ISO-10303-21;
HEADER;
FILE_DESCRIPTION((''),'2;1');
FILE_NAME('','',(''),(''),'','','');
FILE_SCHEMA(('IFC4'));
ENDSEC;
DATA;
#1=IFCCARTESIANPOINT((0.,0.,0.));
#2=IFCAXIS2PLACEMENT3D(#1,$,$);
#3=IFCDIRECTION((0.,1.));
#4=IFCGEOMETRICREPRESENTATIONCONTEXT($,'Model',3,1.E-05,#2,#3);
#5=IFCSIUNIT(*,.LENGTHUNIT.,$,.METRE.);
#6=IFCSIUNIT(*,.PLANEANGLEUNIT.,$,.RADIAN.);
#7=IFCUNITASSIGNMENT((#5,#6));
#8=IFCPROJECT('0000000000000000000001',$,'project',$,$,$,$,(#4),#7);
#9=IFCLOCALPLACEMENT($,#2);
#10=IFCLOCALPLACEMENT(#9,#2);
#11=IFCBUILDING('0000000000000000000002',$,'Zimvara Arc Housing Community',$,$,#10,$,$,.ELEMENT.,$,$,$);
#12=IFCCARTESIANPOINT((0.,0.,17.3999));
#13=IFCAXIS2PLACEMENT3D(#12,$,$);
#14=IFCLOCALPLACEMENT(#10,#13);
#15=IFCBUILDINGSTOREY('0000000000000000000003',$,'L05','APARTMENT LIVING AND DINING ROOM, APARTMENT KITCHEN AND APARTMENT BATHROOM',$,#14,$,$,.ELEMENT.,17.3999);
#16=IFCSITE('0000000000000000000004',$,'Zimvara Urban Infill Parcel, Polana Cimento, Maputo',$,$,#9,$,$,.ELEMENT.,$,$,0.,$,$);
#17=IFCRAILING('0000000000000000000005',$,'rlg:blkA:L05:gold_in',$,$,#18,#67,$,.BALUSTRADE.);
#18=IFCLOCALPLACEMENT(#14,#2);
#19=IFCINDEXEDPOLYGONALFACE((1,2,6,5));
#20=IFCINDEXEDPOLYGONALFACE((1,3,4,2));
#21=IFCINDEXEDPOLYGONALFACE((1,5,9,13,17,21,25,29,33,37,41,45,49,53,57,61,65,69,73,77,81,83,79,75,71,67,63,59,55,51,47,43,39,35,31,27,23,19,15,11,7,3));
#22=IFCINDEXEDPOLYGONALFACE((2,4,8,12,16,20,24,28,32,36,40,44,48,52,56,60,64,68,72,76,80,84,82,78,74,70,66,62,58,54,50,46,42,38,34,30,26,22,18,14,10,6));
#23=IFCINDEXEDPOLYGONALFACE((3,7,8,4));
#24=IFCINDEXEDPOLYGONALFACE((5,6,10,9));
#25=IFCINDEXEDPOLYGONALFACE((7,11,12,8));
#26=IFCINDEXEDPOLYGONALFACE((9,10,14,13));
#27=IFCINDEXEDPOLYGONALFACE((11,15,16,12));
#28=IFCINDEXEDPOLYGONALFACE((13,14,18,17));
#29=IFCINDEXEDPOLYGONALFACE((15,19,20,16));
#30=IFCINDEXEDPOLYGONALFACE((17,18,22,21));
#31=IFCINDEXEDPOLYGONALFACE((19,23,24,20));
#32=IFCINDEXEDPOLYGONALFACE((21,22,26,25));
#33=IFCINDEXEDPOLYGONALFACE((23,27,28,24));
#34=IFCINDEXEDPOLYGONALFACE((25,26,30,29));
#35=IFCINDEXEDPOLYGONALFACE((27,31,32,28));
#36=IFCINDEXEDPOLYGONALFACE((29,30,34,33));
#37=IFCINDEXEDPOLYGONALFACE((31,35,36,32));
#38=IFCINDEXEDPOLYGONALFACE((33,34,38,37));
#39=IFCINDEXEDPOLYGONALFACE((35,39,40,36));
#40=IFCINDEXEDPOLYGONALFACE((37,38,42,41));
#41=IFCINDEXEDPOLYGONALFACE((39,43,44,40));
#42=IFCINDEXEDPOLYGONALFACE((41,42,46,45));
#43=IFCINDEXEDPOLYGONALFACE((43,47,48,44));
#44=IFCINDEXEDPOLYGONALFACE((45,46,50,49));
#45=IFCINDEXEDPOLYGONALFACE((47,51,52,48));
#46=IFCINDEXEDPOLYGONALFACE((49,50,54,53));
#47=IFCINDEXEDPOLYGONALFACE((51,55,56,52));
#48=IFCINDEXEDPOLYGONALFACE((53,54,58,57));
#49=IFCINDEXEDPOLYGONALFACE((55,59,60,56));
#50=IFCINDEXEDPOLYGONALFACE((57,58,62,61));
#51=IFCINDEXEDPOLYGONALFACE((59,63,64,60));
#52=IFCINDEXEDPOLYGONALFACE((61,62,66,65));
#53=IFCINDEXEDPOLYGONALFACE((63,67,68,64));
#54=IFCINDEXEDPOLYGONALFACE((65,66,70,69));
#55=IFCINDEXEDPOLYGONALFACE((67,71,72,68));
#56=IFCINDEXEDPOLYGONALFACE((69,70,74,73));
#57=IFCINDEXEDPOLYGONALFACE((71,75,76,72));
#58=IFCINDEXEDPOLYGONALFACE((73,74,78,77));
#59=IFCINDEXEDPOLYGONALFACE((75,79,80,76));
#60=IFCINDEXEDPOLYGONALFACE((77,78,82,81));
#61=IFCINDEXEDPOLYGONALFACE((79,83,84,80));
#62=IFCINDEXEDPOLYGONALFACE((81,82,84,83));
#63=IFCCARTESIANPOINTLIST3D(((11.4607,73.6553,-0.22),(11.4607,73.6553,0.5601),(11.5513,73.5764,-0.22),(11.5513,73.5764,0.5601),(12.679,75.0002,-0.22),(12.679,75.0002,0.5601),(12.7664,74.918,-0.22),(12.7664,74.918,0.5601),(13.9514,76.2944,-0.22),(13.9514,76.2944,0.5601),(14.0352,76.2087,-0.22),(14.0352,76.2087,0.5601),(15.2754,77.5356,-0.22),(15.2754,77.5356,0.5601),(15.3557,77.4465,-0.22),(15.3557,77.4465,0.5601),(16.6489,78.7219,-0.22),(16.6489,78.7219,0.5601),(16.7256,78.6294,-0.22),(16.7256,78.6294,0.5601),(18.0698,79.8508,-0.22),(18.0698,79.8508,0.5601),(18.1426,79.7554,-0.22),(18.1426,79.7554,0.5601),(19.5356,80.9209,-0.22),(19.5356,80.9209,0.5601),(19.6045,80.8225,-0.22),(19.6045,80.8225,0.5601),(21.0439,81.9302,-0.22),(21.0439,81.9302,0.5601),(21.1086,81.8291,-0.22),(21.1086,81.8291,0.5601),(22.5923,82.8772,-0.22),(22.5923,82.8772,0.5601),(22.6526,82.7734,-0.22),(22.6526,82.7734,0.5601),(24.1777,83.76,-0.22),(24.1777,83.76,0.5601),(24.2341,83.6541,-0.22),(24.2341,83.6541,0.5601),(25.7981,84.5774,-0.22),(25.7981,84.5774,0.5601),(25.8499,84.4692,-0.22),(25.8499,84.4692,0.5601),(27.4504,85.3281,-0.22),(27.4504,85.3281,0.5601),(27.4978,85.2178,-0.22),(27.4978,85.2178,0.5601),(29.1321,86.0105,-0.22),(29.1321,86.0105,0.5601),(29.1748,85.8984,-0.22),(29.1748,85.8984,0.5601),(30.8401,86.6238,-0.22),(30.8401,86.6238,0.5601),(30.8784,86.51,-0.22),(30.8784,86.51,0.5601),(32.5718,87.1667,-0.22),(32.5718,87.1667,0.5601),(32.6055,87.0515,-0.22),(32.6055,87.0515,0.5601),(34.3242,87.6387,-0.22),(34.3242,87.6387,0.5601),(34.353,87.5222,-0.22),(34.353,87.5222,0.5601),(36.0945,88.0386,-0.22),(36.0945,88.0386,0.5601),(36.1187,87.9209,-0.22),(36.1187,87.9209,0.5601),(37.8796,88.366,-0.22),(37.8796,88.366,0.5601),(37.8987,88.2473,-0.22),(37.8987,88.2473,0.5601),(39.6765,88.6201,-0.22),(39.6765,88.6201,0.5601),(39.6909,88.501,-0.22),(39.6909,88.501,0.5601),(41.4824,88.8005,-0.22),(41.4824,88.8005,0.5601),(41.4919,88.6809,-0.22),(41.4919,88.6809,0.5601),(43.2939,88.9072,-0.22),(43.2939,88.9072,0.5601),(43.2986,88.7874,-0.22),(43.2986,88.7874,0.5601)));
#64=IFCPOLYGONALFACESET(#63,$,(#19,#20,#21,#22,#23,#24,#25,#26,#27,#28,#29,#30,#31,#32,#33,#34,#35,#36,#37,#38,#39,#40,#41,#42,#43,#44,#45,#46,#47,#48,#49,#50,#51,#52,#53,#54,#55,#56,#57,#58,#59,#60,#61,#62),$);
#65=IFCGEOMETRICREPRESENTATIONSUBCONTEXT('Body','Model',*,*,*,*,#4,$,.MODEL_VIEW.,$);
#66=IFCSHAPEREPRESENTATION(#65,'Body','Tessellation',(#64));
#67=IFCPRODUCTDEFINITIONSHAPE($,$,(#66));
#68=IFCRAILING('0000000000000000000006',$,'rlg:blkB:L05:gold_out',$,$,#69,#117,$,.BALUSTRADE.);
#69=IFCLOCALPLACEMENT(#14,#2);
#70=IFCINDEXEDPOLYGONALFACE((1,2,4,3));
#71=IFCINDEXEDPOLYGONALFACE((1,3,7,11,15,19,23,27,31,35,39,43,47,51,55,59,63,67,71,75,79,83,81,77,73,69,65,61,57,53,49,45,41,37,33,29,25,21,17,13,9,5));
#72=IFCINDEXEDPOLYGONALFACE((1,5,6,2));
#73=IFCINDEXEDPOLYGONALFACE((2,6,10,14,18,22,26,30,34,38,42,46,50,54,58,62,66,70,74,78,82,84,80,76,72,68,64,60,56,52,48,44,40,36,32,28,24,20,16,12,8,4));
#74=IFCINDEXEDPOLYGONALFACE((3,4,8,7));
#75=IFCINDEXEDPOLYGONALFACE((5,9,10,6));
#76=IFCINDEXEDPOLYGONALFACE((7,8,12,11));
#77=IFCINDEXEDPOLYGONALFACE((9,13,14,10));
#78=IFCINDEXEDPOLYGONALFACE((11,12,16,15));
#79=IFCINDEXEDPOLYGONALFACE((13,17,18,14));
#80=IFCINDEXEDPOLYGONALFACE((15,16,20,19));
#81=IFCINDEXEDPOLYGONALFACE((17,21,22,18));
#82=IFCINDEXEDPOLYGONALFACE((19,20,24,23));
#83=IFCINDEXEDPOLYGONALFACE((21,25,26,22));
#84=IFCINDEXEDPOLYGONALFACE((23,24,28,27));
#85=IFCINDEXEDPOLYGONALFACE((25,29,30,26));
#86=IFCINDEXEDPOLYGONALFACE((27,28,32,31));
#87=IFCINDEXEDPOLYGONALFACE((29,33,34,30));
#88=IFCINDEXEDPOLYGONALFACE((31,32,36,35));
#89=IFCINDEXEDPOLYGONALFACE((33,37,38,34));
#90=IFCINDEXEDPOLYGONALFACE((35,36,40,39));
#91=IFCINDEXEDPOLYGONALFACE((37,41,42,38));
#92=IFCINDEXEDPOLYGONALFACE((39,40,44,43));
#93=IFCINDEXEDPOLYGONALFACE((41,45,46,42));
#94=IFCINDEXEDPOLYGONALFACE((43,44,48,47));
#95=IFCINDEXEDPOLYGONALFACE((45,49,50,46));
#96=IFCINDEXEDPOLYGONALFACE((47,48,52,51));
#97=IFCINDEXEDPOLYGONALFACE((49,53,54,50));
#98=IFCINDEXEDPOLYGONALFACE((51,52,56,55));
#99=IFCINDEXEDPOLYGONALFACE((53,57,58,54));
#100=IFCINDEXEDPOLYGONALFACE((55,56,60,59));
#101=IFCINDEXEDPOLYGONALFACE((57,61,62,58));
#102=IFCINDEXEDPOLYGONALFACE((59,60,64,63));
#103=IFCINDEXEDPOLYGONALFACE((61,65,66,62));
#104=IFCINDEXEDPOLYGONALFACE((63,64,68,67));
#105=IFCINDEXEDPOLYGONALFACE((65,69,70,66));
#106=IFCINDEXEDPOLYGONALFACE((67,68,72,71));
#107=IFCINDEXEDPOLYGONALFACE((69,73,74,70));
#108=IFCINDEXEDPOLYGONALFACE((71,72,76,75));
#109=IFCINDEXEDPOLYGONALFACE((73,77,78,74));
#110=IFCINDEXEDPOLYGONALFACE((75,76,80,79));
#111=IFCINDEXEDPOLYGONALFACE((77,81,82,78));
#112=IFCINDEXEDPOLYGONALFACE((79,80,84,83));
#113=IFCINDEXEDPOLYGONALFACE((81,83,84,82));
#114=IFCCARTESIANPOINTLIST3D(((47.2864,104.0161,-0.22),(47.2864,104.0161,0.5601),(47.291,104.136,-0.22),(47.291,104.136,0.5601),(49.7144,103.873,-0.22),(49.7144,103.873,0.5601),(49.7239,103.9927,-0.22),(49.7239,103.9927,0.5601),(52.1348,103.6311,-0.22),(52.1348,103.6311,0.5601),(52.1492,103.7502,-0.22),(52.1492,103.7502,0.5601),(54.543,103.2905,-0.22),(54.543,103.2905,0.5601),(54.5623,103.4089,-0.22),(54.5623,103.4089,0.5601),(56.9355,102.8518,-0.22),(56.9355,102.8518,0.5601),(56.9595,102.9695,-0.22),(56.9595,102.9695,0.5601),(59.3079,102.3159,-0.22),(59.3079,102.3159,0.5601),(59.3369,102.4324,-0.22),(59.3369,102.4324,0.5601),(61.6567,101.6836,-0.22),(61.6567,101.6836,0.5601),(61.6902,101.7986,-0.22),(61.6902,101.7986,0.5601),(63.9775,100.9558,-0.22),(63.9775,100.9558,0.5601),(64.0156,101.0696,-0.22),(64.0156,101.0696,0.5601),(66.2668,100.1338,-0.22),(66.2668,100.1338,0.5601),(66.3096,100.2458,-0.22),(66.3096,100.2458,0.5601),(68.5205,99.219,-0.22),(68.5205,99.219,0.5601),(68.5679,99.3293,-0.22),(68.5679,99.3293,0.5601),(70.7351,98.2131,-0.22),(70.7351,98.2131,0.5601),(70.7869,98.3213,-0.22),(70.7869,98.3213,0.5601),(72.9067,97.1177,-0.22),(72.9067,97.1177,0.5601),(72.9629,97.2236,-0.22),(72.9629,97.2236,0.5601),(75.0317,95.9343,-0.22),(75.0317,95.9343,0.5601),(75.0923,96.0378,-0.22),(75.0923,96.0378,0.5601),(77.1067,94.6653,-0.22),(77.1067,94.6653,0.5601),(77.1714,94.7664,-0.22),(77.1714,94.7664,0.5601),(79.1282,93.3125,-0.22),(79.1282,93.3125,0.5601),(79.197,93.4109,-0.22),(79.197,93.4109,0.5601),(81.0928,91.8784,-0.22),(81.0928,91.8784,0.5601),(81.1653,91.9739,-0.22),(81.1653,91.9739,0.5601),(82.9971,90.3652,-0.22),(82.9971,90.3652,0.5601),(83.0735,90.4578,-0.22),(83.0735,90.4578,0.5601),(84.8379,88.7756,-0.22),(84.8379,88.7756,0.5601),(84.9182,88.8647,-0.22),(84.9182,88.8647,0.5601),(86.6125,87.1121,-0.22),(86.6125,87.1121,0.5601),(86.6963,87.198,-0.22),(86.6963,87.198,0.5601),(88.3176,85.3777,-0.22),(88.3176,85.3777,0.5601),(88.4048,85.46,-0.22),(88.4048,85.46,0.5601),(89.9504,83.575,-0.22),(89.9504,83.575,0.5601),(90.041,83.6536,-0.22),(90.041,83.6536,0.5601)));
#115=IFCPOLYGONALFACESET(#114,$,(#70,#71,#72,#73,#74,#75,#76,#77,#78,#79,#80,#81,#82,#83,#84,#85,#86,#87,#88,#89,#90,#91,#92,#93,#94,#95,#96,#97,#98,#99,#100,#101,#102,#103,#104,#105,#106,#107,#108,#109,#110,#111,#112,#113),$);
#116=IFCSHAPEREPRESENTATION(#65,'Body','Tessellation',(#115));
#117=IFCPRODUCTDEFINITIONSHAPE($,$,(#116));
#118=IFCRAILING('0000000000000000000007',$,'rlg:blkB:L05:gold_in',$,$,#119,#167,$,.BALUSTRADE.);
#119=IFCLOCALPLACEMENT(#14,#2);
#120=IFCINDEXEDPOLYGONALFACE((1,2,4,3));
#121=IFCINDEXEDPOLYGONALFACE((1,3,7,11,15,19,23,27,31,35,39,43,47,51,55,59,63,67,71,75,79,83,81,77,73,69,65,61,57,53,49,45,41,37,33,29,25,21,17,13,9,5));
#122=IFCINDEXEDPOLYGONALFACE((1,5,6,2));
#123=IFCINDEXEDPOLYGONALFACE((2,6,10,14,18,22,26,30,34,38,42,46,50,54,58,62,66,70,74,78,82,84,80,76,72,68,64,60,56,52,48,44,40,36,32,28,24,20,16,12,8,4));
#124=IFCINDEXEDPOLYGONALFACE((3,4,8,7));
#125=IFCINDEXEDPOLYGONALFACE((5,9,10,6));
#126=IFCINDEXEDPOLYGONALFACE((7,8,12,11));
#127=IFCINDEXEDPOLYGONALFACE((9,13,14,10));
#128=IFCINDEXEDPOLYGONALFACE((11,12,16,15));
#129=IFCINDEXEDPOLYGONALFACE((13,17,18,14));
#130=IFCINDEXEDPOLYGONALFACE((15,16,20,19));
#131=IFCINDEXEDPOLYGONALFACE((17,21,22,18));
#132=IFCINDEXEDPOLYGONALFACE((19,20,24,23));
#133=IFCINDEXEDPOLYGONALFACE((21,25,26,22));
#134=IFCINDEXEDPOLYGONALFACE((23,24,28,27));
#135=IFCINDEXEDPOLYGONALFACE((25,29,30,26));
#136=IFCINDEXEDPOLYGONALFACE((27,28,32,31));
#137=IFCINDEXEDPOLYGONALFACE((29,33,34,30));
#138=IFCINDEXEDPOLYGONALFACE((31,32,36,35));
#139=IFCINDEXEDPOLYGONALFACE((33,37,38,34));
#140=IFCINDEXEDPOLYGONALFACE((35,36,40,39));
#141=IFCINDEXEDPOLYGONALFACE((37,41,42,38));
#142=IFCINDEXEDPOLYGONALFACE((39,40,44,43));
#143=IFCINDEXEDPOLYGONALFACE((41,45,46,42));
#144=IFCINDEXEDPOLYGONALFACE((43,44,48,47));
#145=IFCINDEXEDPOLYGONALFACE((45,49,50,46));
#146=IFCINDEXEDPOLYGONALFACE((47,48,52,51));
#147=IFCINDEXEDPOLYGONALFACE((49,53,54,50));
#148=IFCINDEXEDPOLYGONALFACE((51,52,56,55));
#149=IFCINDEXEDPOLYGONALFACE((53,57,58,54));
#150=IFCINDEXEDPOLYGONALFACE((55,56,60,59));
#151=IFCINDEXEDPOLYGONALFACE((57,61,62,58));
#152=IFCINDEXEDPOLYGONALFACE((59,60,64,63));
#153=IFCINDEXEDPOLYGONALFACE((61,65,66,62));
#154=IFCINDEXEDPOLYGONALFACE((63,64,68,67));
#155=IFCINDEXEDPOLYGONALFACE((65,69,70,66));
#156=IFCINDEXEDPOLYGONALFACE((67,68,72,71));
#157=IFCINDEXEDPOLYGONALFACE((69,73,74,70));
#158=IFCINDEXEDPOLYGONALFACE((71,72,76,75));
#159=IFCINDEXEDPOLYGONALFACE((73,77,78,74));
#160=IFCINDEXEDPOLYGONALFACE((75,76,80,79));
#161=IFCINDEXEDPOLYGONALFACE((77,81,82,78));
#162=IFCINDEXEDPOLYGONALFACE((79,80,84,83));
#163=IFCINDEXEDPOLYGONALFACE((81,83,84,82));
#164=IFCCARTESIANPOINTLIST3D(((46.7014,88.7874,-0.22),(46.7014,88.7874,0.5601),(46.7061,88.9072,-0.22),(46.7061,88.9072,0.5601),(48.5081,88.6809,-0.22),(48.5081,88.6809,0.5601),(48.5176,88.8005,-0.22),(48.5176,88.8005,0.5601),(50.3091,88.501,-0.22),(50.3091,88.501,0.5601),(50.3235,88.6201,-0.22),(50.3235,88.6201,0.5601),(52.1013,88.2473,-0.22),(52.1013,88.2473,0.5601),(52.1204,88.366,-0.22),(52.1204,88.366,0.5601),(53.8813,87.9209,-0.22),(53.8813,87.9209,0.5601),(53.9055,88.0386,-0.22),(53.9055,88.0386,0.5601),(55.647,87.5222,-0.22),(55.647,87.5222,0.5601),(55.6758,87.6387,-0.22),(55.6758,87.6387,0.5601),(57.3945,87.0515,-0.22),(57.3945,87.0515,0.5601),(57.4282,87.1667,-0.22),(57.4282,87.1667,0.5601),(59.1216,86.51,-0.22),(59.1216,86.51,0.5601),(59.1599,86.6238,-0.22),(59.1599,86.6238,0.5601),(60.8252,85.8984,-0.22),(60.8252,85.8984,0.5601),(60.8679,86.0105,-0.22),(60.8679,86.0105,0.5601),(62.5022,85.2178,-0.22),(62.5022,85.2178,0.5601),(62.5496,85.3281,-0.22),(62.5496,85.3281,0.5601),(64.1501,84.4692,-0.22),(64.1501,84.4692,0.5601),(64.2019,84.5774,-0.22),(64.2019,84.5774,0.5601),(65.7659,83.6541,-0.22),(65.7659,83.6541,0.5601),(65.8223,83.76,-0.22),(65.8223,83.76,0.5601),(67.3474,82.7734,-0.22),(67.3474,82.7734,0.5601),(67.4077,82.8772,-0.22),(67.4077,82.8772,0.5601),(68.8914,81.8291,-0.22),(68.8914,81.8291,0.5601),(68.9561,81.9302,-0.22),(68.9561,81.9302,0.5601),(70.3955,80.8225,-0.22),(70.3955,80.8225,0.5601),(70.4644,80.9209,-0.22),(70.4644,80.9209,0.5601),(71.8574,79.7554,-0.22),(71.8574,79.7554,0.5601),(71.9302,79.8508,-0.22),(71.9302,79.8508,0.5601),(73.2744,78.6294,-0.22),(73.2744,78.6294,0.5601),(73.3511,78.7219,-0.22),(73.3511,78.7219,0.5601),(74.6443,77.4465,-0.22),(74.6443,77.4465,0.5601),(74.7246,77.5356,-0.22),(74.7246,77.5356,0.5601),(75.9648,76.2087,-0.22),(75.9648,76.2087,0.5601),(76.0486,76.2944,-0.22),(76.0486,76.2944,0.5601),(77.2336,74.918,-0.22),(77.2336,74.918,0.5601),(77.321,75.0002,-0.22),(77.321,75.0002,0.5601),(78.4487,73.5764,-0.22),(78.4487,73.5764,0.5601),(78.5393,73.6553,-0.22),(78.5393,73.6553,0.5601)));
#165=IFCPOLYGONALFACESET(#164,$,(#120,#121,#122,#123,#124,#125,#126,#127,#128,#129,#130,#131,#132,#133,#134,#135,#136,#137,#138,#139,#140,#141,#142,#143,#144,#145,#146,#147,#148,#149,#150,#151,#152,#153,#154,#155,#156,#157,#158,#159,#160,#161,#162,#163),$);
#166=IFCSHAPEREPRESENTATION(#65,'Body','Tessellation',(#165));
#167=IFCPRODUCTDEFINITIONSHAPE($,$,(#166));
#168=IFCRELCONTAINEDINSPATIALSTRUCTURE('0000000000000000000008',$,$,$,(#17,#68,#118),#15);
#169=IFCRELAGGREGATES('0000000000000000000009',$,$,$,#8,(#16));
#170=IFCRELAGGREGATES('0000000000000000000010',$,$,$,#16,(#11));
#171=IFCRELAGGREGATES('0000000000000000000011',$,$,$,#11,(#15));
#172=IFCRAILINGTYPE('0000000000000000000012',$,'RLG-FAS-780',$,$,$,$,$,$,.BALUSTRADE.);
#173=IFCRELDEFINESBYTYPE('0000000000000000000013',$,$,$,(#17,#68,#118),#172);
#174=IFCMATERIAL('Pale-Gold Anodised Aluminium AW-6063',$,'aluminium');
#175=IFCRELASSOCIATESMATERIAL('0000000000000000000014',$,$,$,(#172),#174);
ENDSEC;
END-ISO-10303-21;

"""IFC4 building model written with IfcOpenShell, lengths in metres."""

from ifc_helpers import new_model, si_unit, direction, frame, origin, place, context, subcontext, project, spatial, polyline, outline, extrude, material, type_object, element, save


model = new_model("IFC4")

# Units and contexts
model_context = context("Model", 3, precision=1e-05, world=origin(), true_north=direction((0.0, 1.0)))
body_context = subcontext(model_context, "Body", "Model", "MODEL_VIEW")
ifc_project = project(units=[si_unit("LENGTHUNIT", "METRE"), si_unit("PLANEANGLEUNIT", "RADIAN")], contexts=[model_context])

# Site, building, storey
site_placement = place(None, origin())
site = spatial("IfcSite", under=ifc_project, at=site_placement, Name="Zimvara Urban Infill Parcel, Polana Cimento, Maputo", CompositionType="ELEMENT", RefElevation=0.0)
building_placement = place(site_placement, origin())
building = spatial("IfcBuilding", under=site, at=building_placement, Name="Zimvara Arc Housing Community", CompositionType="ELEMENT")
storey_placement = place(building_placement, frame((0.0, 0.0, 17.3999)))
storey = spatial("IfcBuildingStorey", under=building, at=storey_placement, Name="L05", Description="APARTMENT LIVING AND DINING ROOM, APARTMENT KITCHEN AND APARTMENT BATHROOM", CompositionType="ELEMENT", Elevation=17.3999)

# Railings
ifc_material_1 = material(Name="Pale-Gold Anodised Aluminium AW-6063", Category="aluminium")
railing_type_1 = type_object("IfcRailingType", Name="RLG-FAS-780", PredefinedType="BALUSTRADE", material=ifc_material_1)
railing_1_placement = place(storey_placement, frame((0.0, 0.0, -0.22)))
element("IfcRailing", 1, at=railing_1_placement, inside=storey, type_object=railing_type_1, Name="rlg:blkA:L05:gold_in", PredefinedType="BALUSTRADE", context=body_context, shape_type="SweptSolid", body=[
    extrude(outline(polyline([(11.5513, 73.5764), (12.7664, 74.918), (14.0352, 76.2087), (15.3557, 77.4465), (16.7256, 78.6294), (18.1426, 79.7554), (19.6045, 80.8225), (21.1086, 81.8291), (22.6526, 82.7734), (24.2341, 83.6541), (25.8499, 84.4692), (27.4978, 85.2178), (29.1748, 85.8984), (30.8784, 86.51), (32.6055, 87.0515), (34.353, 87.5222), (36.1187, 87.9209), (37.8987, 88.2473), (39.6909, 88.501), (41.4919, 88.6809), (43.2986, 88.7874), (43.2939, 88.9072), (41.4824, 88.8005), (39.6765, 88.6201), (37.8796, 88.366), (36.0945, 88.0386), (34.3242, 87.6387), (32.5718, 87.1667), (30.8401, 86.6238), (29.1321, 86.0105), (27.4504, 85.3281), (25.7981, 84.5774), (24.1777, 83.76), (22.5923, 82.8772), (21.0439, 81.9302), (19.5356, 80.9209), (18.0698, 79.8508), (16.6489, 78.7219), (15.2754, 77.5356), (13.9514, 76.2944), (12.679, 75.0002), (11.4607, 73.6553), (11.5513, 73.5764)])), origin(), (0.0, 0.0, 1.0), 0.78),
])
railing_2_placement = place(storey_placement, frame((0.0, 0.0, -0.22)))
element("IfcRailing", 2, at=railing_2_placement, inside=storey, type_object=railing_type_1, Name="rlg:blkB:L05:gold_out", PredefinedType="BALUSTRADE", context=body_context, shape_type="SweptSolid", body=[
    extrude(outline(polyline([(47.2864, 104.0161), (49.7144, 103.873), (52.1348, 103.6311), (54.543, 103.2905), (56.9355, 102.8518), (59.3079, 102.3159), (61.6567, 101.6836), (63.9775, 100.9558), (66.2668, 100.1338), (68.5205, 99.219), (70.7351, 98.2131), (72.9067, 97.1177), (75.0317, 95.9343), (77.1067, 94.6653), (79.1282, 93.3125), (81.0928, 91.8784), (82.9971, 90.3652), (84.8379, 88.7756), (86.6125, 87.1121), (88.3176, 85.3777), (89.9504, 83.575), (90.041, 83.6536), (88.4048, 85.46), (86.6963, 87.198), (84.9182, 88.8647), (83.0735, 90.4578), (81.1653, 91.9739), (79.197, 93.4109), (77.1714, 94.7664), (75.0923, 96.0378), (72.9629, 97.2236), (70.7869, 98.3213), (68.5679, 99.3293), (66.3096, 100.2458), (64.0156, 101.0696), (61.6902, 101.7986), (59.3369, 102.4324), (56.9595, 102.9695), (54.5623, 103.4089), (52.1492, 103.7502), (49.7239, 103.9927), (47.291, 104.136), (47.2864, 104.0161)])), origin(), (0.0, 0.0, 1.0), 0.78),
])
railing_3_placement = place(storey_placement, frame((0.0, 0.0, -0.22)))
element("IfcRailing", 3, at=railing_3_placement, inside=storey, type_object=railing_type_1, Name="rlg:blkB:L05:gold_in", PredefinedType="BALUSTRADE", context=body_context, shape_type="SweptSolid", body=[
    extrude(outline(polyline([(46.7014, 88.7874), (48.5081, 88.6809), (50.3091, 88.501), (52.1013, 88.2473), (53.8813, 87.9209), (55.647, 87.5222), (57.3945, 87.0515), (59.1216, 86.51), (60.8252, 85.8984), (62.5022, 85.2178), (64.1501, 84.4692), (65.7659, 83.6541), (67.3474, 82.7734), (68.8914, 81.8291), (70.3955, 80.8225), (71.8574, 79.7554), (73.2744, 78.6294), (74.6443, 77.4465), (75.9648, 76.2087), (77.2336, 74.918), (78.4487, 73.5764), (78.5393, 73.6553), (77.321, 75.0002), (76.0486, 76.2944), (74.7246, 77.5356), (73.3511, 78.7219), (71.9302, 79.8508), (70.4644, 80.9209), (68.9561, 81.9302), (67.4077, 82.8772), (65.8223, 83.76), (64.2019, 84.5774), (62.5496, 85.3281), (60.8679, 86.0105), (59.1599, 86.6238), (57.4282, 87.1667), (55.6758, 87.6387), (53.9055, 88.0386), (52.1204, 88.366), (50.3235, 88.6201), (48.5176, 88.8005), (46.7061, 88.9072), (46.7014, 88.7874)])), origin(), (0.0, 0.0, 1.0), 0.78),
])

save(model, "model.ifc")
